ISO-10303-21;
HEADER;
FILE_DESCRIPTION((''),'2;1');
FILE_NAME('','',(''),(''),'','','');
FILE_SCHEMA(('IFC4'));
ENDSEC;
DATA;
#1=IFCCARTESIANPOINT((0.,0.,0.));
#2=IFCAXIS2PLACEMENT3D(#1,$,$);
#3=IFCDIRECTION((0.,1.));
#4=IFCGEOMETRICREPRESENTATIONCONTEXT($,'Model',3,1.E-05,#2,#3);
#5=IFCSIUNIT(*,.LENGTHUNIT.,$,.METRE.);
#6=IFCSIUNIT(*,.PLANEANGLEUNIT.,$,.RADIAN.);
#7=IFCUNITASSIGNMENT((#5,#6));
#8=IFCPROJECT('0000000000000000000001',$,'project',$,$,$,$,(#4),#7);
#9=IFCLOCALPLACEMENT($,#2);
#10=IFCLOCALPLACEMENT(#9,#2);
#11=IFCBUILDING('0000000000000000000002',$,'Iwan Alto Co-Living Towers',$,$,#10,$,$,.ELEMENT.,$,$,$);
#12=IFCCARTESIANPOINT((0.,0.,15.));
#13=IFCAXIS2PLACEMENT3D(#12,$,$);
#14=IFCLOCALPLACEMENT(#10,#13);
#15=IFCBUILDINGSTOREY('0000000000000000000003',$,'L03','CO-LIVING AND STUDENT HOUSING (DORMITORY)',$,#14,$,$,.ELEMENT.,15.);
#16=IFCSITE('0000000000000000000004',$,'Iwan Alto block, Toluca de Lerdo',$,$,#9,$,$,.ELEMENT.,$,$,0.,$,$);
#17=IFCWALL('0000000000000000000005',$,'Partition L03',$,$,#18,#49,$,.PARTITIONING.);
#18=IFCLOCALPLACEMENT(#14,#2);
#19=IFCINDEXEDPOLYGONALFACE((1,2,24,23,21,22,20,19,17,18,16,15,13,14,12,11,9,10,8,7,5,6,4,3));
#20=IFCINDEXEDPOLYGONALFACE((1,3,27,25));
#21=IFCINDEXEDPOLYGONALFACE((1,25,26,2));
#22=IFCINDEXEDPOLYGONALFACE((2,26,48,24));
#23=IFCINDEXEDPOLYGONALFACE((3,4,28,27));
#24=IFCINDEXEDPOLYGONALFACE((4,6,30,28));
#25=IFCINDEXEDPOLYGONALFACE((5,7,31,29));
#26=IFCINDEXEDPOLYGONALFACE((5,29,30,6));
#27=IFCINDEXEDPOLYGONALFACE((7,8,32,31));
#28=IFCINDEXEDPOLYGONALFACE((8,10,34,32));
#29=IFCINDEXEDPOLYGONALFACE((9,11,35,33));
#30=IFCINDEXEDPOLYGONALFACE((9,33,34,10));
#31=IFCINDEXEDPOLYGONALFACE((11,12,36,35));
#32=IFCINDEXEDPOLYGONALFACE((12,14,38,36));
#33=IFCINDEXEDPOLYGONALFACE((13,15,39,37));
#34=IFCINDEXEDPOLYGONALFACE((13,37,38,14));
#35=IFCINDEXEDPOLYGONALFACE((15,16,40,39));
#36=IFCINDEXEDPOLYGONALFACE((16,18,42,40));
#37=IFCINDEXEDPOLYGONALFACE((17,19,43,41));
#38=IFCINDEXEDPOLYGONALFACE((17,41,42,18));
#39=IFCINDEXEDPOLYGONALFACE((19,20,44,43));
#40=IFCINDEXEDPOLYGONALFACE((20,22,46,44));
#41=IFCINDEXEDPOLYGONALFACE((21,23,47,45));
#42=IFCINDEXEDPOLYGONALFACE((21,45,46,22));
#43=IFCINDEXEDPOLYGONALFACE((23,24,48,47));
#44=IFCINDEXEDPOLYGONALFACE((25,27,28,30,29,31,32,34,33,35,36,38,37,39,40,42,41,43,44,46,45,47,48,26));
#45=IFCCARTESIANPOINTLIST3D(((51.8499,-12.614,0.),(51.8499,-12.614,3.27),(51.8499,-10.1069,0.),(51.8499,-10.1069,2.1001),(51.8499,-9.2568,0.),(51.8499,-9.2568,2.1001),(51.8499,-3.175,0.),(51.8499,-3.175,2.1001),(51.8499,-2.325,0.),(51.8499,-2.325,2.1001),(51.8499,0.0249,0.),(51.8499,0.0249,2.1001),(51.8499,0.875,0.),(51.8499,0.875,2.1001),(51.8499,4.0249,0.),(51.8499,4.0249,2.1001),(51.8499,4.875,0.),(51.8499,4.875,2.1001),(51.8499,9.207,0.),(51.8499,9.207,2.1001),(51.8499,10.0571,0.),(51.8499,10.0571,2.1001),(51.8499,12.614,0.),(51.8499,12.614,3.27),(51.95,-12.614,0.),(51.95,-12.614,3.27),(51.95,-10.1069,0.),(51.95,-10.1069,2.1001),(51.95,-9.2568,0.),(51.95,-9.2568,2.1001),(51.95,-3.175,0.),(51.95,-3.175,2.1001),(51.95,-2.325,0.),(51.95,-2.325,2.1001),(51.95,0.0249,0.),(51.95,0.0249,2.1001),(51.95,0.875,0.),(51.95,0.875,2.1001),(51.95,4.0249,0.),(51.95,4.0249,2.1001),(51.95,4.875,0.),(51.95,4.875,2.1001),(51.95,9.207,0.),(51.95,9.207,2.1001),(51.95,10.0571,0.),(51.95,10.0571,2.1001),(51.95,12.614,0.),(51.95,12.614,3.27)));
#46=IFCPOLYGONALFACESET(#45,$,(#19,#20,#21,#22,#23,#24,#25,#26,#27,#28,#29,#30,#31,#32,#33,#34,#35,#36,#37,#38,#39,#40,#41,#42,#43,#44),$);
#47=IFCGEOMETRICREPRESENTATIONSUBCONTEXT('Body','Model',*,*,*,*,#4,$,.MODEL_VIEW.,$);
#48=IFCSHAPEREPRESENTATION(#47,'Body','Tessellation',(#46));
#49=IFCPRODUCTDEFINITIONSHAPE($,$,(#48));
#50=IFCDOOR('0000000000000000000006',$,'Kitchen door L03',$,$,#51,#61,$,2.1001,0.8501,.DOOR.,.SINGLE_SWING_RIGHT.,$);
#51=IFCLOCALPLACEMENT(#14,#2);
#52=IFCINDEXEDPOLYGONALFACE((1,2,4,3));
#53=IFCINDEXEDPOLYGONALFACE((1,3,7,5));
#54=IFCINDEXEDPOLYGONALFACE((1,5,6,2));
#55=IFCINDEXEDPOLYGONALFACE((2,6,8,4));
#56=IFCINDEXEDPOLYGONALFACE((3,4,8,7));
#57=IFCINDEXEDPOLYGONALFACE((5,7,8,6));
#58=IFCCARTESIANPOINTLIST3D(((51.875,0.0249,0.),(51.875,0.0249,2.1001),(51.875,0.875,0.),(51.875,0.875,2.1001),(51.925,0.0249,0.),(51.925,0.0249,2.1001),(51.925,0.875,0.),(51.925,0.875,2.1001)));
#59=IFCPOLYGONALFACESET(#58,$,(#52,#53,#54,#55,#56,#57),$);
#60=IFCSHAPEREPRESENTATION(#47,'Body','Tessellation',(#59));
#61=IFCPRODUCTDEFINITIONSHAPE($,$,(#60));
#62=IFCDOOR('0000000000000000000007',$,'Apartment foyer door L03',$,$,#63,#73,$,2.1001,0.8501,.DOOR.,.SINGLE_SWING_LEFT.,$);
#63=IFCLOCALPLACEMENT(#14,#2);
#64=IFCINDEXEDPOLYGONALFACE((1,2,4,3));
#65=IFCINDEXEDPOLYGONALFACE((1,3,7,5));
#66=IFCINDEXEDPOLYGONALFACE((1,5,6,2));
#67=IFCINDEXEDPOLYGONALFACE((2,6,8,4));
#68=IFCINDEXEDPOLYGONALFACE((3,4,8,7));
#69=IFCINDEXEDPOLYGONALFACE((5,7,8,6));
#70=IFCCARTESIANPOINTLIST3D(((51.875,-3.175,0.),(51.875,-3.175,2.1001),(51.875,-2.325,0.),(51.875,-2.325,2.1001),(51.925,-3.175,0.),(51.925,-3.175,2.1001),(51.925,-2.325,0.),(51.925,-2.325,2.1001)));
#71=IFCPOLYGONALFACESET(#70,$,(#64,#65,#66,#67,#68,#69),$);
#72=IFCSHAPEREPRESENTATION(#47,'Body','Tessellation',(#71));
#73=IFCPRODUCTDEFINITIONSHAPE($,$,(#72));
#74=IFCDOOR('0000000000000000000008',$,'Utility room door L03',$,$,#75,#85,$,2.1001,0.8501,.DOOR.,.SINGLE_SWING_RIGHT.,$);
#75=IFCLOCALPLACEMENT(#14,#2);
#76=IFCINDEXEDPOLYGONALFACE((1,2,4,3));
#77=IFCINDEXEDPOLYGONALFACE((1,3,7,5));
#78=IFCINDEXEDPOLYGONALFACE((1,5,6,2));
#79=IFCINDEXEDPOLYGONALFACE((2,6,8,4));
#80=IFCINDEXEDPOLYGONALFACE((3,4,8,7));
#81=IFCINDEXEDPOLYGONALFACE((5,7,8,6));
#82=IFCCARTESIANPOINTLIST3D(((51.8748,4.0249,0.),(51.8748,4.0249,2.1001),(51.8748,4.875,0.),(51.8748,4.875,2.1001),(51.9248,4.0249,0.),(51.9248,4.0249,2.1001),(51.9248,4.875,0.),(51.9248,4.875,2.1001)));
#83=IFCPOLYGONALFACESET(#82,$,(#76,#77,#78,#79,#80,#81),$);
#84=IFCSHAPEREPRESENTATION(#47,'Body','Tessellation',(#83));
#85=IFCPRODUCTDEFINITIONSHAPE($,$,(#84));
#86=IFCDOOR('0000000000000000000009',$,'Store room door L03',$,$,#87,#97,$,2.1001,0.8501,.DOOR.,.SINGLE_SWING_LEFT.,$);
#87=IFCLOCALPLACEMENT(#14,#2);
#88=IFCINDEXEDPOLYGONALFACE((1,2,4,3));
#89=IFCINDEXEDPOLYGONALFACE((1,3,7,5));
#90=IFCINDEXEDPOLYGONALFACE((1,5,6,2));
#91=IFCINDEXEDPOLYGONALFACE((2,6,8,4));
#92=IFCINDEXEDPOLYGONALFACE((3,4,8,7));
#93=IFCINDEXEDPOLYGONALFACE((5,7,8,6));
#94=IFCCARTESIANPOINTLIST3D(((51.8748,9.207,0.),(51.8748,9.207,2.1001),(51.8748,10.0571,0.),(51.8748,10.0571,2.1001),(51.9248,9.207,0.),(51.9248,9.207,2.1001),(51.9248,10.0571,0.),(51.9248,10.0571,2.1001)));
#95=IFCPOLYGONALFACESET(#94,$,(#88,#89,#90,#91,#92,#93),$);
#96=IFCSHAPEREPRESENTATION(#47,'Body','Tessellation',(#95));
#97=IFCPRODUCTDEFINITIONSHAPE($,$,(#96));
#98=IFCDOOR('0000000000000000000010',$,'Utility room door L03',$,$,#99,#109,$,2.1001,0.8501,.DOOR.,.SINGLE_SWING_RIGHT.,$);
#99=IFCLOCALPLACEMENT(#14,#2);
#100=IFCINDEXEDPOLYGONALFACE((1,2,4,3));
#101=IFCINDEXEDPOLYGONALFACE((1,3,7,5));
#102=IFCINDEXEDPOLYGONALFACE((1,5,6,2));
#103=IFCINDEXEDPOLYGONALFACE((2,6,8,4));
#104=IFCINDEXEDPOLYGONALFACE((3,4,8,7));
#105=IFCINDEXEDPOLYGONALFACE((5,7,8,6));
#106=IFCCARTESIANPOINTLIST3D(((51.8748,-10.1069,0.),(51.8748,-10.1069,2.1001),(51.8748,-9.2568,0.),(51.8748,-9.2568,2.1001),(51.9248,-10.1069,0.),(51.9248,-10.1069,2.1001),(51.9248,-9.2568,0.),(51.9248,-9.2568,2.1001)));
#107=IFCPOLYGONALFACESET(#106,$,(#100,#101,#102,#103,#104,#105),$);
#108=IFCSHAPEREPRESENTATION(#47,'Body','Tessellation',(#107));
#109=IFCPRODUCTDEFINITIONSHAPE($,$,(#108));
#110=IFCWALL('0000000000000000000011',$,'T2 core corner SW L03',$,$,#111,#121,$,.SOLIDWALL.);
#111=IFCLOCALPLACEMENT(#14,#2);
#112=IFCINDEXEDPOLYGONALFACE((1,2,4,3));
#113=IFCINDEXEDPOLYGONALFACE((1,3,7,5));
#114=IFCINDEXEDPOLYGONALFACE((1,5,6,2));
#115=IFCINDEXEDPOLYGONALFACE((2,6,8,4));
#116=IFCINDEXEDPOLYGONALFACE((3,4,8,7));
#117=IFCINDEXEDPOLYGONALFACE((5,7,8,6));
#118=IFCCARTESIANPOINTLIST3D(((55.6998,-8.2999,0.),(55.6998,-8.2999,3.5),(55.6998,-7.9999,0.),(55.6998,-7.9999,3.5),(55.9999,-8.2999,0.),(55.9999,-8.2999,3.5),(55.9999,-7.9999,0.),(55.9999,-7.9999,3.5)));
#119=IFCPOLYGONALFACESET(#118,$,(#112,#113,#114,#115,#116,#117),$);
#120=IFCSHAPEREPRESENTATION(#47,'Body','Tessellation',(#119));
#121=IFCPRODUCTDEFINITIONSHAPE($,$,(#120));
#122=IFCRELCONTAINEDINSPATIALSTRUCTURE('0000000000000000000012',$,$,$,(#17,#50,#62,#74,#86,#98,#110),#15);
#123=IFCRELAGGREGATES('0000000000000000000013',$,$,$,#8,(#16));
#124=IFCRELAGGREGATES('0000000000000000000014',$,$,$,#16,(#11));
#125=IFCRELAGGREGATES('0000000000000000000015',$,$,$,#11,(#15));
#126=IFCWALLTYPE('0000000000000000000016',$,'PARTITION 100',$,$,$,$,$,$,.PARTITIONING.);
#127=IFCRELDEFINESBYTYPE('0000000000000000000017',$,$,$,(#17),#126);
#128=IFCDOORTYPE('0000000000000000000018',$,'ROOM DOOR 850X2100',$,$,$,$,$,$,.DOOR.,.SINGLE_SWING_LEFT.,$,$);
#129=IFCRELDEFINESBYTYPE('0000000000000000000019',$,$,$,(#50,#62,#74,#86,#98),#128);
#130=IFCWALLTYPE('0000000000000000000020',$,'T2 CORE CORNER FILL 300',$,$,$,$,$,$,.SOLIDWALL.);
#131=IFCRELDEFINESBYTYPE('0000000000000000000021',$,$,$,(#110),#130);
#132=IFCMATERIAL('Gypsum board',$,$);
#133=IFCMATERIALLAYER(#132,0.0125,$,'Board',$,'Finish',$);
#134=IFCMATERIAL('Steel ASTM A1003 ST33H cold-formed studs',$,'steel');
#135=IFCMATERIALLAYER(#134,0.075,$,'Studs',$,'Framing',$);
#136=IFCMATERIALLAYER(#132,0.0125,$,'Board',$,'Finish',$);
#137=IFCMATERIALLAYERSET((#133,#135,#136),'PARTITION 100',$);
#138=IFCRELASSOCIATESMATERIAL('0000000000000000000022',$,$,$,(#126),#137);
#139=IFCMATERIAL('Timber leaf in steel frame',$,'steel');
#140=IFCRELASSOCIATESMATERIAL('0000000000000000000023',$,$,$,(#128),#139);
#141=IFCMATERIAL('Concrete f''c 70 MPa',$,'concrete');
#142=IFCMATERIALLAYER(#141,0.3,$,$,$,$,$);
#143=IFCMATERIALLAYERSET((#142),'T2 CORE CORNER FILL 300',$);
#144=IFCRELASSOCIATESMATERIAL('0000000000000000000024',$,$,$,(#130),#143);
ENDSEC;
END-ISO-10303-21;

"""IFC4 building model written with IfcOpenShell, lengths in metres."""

from ifc_helpers import new_model, si_unit, direction, frame, frame_2d, origin, place, context, subcontext, project, spatial, rectangle, extrude, material, layer, layer_set, type_object, element, fill, save


model = new_model("IFC4")

# Units and contexts
model_context = context("Model", 3, precision=1e-05, world=origin(), true_north=direction((0.0, 1.0)))
body_context = subcontext(model_context, "Body", "Model", "MODEL_VIEW")
ifc_project = project(units=[si_unit("LENGTHUNIT", "METRE"), si_unit("PLANEANGLEUNIT", "RADIAN")], contexts=[model_context])

# Site, building, storey
site_placement = place(None, origin())
site = spatial("IfcSite", under=ifc_project, at=site_placement, Name="Iwan Alto block, Toluca de Lerdo", CompositionType="ELEMENT", RefElevation=0.0)
building_placement = place(site_placement, origin())
building = spatial("IfcBuilding", under=site, at=building_placement, Name="Iwan Alto Co-Living Towers", CompositionType="ELEMENT")
storey_placement = place(building_placement, frame((0.0, 0.0, 15.0)))
storey = spatial("IfcBuildingStorey", under=building, at=storey_placement, Name="L03", Description="CO-LIVING AND STUDENT HOUSING (DORMITORY)", CompositionType="ELEMENT", Elevation=15.0)

# Shared definitions
ifc_material_1 = material(Name="Gypsum board")
ifc_material_2 = material(Name="Steel ASTM A1003 ST33H cold-formed studs", Category="steel")

# Wall, openings, doors
ifc_layer_1 = layer(ifc_material_1, 0.0125, Name="Board", Category="Finish")
ifc_layer_2 = layer(ifc_material_2, 0.075, Name="Studs", Category="Framing")
ifc_layer_3 = layer(ifc_material_1, 0.0125, Name="Board", Category="Finish")
ifc_layer_set_1 = layer_set([ifc_layer_1, ifc_layer_2, ifc_layer_3], Name="PARTITION 100")
wall_type_1 = type_object("IfcWallType", Name="PARTITION 100", PredefinedType="PARTITIONING", material=ifc_layer_set_1)
wall_1_placement = place(storey_placement, frame((51.8999, -12.614, 0.0), z_axis=(0.0, 0.0, 1.0), x_axis=(0.0, 1.0, 0.0)))
wall_1 = element("IfcWall", 1, at=wall_1_placement, inside=storey, type_object=wall_type_1, Name="Partition L03", PredefinedType="PARTITIONING", context=body_context, shape_type="SweptSolid", body=[
    extrude(rectangle(XDim=25.228, YDim=0.1001, at=frame_2d((12.614, 0.0))), origin(), (0.0, 0.0, 1.0), 3.27),
])
opening_1_placement = place(wall_1_placement, frame((12.6389, 0.0, 0.0)))
opening_1 = element("IfcOpeningElement", 2, at=opening_1_placement, cuts=wall_1, PredefinedType="OPENING", context=body_context, shape_type="SweptSolid", body=[
    extrude(rectangle(XDim=0.8501, YDim=2.1001, at=frame_2d((0.425, 1.05))), frame((0.0, 0.0601, 0.0), z_axis=(0.0, -1.0, 0.0), x_axis=(1.0, 0.0, 0.0)), (0.0, 0.0, 1.0), 0.1201),
])
opening_2_placement = place(wall_1_placement, frame((9.439, 0.0, 0.0)))
opening_2 = element("IfcOpeningElement", 3, at=opening_2_placement, cuts=wall_1, PredefinedType="OPENING", context=body_context, shape_type="SweptSolid", body=[
    extrude(rectangle(XDim=0.8501, YDim=2.1001, at=frame_2d((0.425, 1.05))), frame((0.0, 0.0601, 0.0), z_axis=(0.0, -1.0, 0.0), x_axis=(1.0, 0.0, 0.0)), (0.0, 0.0, 1.0), 0.1201),
])
opening_3_placement = place(wall_1_placement, frame((16.6389, 0.0, 0.0)))
opening_3 = element("IfcOpeningElement", 4, at=opening_3_placement, cuts=wall_1, PredefinedType="OPENING", context=body_context, shape_type="SweptSolid", body=[
    extrude(rectangle(XDim=0.8501, YDim=2.1001, at=frame_2d((0.425, 1.05))), frame((0.0, 0.0601, 0.0), z_axis=(0.0, -1.0, 0.0), x_axis=(1.0, 0.0, 0.0)), (0.0, 0.0, 1.0), 0.1201),
])
opening_4_placement = place(wall_1_placement, frame((21.821, 0.0, 0.0)))
opening_4 = element("IfcOpeningElement", 5, at=opening_4_placement, cuts=wall_1, PredefinedType="OPENING", context=body_context, shape_type="SweptSolid", body=[
    extrude(rectangle(XDim=0.8501, YDim=2.1001, at=frame_2d((0.425, 1.05))), frame((0.0, 0.0601, 0.0), z_axis=(0.0, -1.0, 0.0), x_axis=(1.0, 0.0, 0.0)), (0.0, 0.0, 1.0), 0.1201),
])
opening_5_placement = place(wall_1_placement, frame((2.5071, 0.0, 0.0)))
opening_5 = element("IfcOpeningElement", 6, at=opening_5_placement, cuts=wall_1, PredefinedType="OPENING", context=body_context, shape_type="SweptSolid", body=[
    extrude(rectangle(XDim=0.8501, YDim=2.1001, at=frame_2d((0.425, 1.05))), frame((0.0, 0.0601, 0.0), z_axis=(0.0, -1.0, 0.0), x_axis=(1.0, 0.0, 0.0)), (0.0, 0.0, 1.0), 0.1201),
])
ifc_material_3 = material(Name="Timber leaf in steel frame", Category="steel")
door_type_1 = type_object("IfcDoorType", Name="ROOM DOOR 850X2100", OperationType="SINGLE_SWING_LEFT", PredefinedType="DOOR", material=ifc_material_3)
door_1_placement = place(opening_1_placement, origin())
door_1 = element("IfcDoor", 7, at=door_1_placement, inside=storey, type_object=door_type_1, Name="Kitchen door L03", OperationType="SINGLE_SWING_RIGHT", OverallHeight=2.1001, OverallWidth=0.8501, PredefinedType="DOOR", context=body_context, shape_type="SweptSolid", body=[
    extrude(rectangle(XDim=0.8501, YDim=2.1001, at=frame_2d((0.425, 1.05))), frame((0.0, 0.0249, 0.0), z_axis=(0.0, -1.0, 0.0), x_axis=(1.0, 0.0, 0.0)), (0.0, 0.0, 1.0), 0.05),
])
fill(opening_1, door_1)
door_2_placement = place(opening_2_placement, origin())
door_2 = element("IfcDoor", 8, at=door_2_placement, inside=storey, type_object=door_type_1, Name="Apartment foyer door L03", OperationType="SINGLE_SWING_LEFT", OverallHeight=2.1001, OverallWidth=0.8501, PredefinedType="DOOR", context=body_context, shape_type="SweptSolid", body=[
    extrude(rectangle(XDim=0.8501, YDim=2.1001, at=frame_2d((0.425, 1.05))), frame((0.0, 0.0249, 0.0), z_axis=(0.0, -1.0, 0.0), x_axis=(1.0, 0.0, 0.0)), (0.0, 0.0, 1.0), 0.05),
])
fill(opening_2, door_2)
door_3_placement = place(opening_3_placement, frame((0.8501, 0.0, 0.0), z_axis=(0.0, 0.0, 1.0), x_axis=(-1.0, 0.0, 0.0)))
door_3 = element("IfcDoor", 9, at=door_3_placement, inside=storey, type_object=door_type_1, Name="Utility room door L03", OperationType="SINGLE_SWING_RIGHT", OverallHeight=2.1001, OverallWidth=0.8501, PredefinedType="DOOR", context=body_context, shape_type="SweptSolid", body=[
    extrude(rectangle(XDim=0.8501, YDim=2.1001, at=frame_2d((0.425, 1.05))), frame((0.0, 0.0249, 0.0), z_axis=(0.0, -1.0, 0.0), x_axis=(1.0, 0.0, 0.0)), (0.0, 0.0, 1.0), 0.05),
])
fill(opening_3, door_3)
door_4_placement = place(opening_4_placement, frame((0.8501, 0.0, 0.0), z_axis=(0.0, 0.0, 1.0), x_axis=(-1.0, 0.0, 0.0)))
door_4 = element("IfcDoor", 10, at=door_4_placement, inside=storey, type_object=door_type_1, Name="Store room door L03", OperationType="SINGLE_SWING_LEFT", OverallHeight=2.1001, OverallWidth=0.8501, PredefinedType="DOOR", context=body_context, shape_type="SweptSolid", body=[
    extrude(rectangle(XDim=0.8501, YDim=2.1001, at=frame_2d((0.425, 1.05))), frame((0.0, 0.0249, 0.0), z_axis=(0.0, -1.0, 0.0), x_axis=(1.0, 0.0, 0.0)), (0.0, 0.0, 1.0), 0.05),
])
fill(opening_4, door_4)
door_5_placement = place(opening_5_placement, frame((0.8501, 0.0, 0.0), z_axis=(0.0, 0.0, 1.0), x_axis=(-1.0, 0.0, 0.0)))
door_5 = element("IfcDoor", 11, at=door_5_placement, inside=storey, type_object=door_type_1, Name="Utility room door L03", OperationType="SINGLE_SWING_RIGHT", OverallHeight=2.1001, OverallWidth=0.8501, PredefinedType="DOOR", context=body_context, shape_type="SweptSolid", body=[
    extrude(rectangle(XDim=0.8501, YDim=2.1001, at=frame_2d((0.425, 1.05))), frame((0.0, 0.0249, 0.0), z_axis=(0.0, -1.0, 0.0), x_axis=(1.0, 0.0, 0.0)), (0.0, 0.0, 1.0), 0.05),
])
fill(opening_5, door_5)

# Wall
ifc_material_4 = material(Name="Concrete f'c 70 MPa", Category="concrete")
ifc_layer_4 = layer(ifc_material_4, 0.3)
ifc_layer_set_2 = layer_set([ifc_layer_4], Name="T2 CORE CORNER FILL 300")
wall_type_2 = type_object("IfcWallType", Name="T2 CORE CORNER FILL 300", PredefinedType="SOLIDWALL", material=ifc_layer_set_2)
wall_2_placement = place(storey_placement, frame((55.7, -8.1499, 0.0), z_axis=(0.0, 0.0, 1.0), x_axis=(1.0, 0.0, 0.0)))
element("IfcWall", 12, at=wall_2_placement, inside=storey, type_object=wall_type_2, Name="T2 core corner SW L03", PredefinedType="SOLIDWALL", context=body_context, shape_type="SweptSolid", body=[
    extrude(rectangle(XDim=0.3, YDim=0.3, at=frame_2d((0.1499, 0.0))), origin(), (0.0, 0.0, 1.0), 3.5),
])

save(model, "model.ifc")
